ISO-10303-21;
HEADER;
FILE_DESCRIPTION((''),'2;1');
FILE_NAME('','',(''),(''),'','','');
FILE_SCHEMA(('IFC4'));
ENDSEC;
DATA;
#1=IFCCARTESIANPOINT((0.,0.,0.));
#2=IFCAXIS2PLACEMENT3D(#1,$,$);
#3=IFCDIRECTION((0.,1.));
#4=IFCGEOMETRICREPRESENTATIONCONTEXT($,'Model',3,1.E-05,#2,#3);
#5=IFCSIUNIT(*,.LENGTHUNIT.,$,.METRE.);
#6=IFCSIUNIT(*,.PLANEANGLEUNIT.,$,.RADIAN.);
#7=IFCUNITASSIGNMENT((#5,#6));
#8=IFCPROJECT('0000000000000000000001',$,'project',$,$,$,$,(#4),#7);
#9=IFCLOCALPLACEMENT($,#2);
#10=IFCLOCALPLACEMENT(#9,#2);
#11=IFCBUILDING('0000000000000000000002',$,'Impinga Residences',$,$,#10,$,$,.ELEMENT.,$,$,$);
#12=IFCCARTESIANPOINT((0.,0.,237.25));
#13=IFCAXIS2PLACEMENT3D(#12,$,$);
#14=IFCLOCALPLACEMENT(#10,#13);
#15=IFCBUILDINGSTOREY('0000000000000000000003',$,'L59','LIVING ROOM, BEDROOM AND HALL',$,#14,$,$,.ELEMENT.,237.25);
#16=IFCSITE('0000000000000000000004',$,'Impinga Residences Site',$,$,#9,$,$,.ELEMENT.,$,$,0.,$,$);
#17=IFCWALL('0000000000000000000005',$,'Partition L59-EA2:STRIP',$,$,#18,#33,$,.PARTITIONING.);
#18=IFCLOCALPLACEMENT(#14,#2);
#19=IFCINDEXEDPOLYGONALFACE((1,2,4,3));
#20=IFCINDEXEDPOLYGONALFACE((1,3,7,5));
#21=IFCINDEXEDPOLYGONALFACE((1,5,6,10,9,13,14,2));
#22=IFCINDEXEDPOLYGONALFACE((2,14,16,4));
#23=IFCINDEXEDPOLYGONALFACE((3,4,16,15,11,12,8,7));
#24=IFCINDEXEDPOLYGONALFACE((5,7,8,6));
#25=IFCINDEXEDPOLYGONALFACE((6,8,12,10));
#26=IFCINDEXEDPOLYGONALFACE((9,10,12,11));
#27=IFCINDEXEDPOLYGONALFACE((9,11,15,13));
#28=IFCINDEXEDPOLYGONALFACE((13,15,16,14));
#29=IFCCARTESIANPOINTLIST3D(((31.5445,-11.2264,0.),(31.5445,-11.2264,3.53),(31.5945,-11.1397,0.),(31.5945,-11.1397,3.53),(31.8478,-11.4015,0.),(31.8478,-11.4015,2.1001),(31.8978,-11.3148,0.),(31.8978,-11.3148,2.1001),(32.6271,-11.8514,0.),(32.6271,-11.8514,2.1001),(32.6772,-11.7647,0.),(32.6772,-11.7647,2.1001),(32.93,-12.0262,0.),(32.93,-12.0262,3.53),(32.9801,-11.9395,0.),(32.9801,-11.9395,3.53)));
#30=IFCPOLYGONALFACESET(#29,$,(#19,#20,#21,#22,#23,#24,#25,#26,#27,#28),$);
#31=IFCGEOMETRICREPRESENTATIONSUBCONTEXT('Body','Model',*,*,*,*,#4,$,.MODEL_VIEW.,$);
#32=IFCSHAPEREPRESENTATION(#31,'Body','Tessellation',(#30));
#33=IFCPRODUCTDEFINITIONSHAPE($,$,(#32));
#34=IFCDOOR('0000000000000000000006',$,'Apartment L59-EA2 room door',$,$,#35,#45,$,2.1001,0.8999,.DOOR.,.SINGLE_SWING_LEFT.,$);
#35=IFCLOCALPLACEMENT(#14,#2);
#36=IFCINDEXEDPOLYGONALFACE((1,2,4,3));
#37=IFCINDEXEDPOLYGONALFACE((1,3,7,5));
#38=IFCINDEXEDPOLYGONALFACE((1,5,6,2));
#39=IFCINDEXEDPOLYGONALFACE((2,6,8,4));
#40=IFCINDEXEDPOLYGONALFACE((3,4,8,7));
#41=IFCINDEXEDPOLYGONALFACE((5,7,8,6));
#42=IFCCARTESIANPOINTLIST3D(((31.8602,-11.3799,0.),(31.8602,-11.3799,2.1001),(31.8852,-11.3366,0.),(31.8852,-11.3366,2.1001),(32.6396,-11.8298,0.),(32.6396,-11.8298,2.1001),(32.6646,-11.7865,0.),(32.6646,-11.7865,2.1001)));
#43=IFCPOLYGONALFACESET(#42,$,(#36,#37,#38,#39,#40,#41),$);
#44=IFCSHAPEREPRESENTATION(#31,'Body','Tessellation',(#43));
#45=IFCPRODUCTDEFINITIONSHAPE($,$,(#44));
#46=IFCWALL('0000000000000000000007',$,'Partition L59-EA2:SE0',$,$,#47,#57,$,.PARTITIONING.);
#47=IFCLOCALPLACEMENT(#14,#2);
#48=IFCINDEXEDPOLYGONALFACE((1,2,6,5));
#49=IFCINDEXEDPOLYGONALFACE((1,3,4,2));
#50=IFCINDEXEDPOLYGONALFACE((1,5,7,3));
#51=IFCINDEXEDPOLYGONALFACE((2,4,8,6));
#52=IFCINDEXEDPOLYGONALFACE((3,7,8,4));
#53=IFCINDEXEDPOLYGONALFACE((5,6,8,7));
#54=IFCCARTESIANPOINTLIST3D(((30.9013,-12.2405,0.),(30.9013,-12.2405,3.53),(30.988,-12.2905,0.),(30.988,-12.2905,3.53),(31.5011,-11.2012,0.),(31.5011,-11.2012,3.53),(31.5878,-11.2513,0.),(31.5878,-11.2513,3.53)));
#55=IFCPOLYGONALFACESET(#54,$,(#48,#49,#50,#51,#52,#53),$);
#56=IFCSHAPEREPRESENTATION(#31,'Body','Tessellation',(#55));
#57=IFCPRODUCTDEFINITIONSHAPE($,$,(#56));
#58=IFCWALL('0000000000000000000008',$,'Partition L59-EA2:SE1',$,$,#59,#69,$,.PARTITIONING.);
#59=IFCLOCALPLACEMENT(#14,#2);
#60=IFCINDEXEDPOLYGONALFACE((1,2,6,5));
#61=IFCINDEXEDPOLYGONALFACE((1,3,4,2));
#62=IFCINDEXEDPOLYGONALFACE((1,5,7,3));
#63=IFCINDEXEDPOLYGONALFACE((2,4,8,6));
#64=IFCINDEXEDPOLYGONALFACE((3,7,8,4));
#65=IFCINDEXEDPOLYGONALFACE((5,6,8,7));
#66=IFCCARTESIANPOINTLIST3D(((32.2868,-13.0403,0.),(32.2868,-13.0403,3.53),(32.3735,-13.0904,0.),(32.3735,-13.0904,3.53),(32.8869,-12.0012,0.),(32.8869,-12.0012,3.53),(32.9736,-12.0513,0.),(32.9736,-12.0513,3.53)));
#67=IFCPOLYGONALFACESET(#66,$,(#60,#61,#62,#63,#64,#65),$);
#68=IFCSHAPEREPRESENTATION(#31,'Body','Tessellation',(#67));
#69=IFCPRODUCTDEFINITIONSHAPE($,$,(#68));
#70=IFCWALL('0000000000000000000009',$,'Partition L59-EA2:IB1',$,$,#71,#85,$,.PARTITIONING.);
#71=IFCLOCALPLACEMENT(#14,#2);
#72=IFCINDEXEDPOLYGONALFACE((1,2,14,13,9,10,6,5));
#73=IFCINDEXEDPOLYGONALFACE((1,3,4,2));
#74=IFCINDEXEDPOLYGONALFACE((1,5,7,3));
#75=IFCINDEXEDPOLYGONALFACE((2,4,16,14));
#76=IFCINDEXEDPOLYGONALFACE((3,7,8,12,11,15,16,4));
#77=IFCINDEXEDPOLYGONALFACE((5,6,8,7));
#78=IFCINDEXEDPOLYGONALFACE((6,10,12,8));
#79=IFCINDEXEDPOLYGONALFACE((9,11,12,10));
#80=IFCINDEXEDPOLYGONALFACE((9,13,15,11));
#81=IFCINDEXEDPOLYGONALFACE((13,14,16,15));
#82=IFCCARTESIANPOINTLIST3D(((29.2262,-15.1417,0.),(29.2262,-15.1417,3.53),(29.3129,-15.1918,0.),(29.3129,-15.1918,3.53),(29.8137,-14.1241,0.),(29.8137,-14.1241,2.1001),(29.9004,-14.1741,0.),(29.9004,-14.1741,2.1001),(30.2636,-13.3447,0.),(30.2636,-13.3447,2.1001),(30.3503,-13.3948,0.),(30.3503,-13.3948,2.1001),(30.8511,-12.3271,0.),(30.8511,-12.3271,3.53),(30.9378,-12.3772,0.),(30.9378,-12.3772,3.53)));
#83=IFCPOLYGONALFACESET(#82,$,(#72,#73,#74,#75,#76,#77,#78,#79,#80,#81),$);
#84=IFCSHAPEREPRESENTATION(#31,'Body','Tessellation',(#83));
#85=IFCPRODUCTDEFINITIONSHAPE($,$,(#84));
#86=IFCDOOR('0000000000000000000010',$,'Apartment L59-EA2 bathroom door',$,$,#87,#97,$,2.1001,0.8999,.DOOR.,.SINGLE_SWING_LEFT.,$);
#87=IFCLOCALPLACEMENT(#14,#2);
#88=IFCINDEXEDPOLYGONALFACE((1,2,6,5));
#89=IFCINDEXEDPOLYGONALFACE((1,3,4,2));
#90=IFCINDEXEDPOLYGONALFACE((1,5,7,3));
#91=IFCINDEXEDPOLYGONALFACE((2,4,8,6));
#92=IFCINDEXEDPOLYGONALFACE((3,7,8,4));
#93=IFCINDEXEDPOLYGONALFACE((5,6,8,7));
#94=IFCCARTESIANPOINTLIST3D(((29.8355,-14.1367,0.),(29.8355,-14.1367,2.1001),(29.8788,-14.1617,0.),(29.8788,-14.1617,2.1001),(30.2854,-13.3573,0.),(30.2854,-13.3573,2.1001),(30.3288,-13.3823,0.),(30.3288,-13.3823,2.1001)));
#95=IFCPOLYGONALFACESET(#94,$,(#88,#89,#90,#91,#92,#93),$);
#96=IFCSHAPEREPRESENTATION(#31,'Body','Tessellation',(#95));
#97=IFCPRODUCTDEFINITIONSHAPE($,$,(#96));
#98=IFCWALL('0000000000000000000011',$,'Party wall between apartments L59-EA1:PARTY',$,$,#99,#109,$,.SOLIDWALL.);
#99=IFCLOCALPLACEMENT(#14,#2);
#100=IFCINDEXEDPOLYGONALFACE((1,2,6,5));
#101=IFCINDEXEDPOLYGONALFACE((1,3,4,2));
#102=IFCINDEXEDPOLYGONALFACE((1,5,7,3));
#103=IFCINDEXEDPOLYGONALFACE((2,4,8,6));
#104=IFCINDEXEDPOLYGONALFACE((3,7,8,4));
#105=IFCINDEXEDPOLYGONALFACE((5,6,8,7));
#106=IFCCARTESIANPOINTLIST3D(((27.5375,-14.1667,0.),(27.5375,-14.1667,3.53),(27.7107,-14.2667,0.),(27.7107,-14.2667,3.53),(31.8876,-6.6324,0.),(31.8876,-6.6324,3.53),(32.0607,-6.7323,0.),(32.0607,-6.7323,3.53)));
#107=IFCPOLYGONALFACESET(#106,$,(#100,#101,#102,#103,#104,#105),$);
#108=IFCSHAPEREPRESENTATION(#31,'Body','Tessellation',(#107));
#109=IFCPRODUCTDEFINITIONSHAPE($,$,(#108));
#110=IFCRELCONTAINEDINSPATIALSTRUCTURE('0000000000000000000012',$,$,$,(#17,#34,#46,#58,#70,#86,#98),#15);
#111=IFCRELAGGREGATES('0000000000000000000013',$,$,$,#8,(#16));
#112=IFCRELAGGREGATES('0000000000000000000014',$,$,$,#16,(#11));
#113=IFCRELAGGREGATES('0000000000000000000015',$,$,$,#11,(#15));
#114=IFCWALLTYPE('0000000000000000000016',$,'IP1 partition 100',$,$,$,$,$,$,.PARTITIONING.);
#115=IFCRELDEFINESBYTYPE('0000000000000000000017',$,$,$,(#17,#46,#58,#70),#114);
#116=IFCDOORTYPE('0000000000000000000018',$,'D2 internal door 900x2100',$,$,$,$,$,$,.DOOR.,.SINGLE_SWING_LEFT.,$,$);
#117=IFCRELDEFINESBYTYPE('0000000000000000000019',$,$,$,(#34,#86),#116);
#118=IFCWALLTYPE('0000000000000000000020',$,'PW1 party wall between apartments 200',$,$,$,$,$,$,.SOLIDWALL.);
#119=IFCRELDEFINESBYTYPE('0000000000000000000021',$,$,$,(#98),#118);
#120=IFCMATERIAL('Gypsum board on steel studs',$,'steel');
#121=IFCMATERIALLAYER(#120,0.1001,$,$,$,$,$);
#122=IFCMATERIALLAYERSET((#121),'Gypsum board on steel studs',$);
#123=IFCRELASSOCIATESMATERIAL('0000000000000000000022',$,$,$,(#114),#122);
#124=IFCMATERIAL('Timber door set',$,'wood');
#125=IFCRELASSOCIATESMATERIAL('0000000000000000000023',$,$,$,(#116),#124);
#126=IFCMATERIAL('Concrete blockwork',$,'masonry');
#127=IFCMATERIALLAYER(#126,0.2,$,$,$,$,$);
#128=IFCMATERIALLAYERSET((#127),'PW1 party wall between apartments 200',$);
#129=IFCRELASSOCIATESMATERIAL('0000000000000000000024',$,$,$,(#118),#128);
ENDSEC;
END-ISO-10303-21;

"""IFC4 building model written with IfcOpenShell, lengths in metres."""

from ifc_helpers import new_model, si_unit, direction, frame, frame_2d, origin, place, context, subcontext, project, spatial, rectangle, extrude, material, layer, layer_set, type_object, element, fill, save


model = new_model("IFC4")

# Units and contexts
model_context = context("Model", 3, precision=1e-05, world=origin(), true_north=direction((0.0, 1.0)))
body_context = subcontext(model_context, "Body", "Model", "MODEL_VIEW")
ifc_project = project(units=[si_unit("LENGTHUNIT", "METRE"), si_unit("PLANEANGLEUNIT", "RADIAN")], contexts=[model_context])

# Site, building, storey
site_placement = place(None, origin())
site = spatial("IfcSite", under=ifc_project, at=site_placement, Name="Impinga Residences Site", CompositionType="ELEMENT", RefElevation=0.0)
building_placement = place(site_placement, origin())
building = spatial("IfcBuilding", under=site, at=building_placement, Name="Impinga Residences", CompositionType="ELEMENT")
storey_placement = place(building_placement, frame((0.0, 0.0, 237.25)))
storey = spatial("IfcBuildingStorey", under=building, at=storey_placement, Name="L59", Description="LIVING ROOM, BEDROOM AND HALL", CompositionType="ELEMENT", Elevation=237.25)

# Shared definitions
ifc_material_1 = material(Name="Concrete blockwork", Category="masonry")
ifc_material_2 = material(Name="Timber door set", Category="wood")

# Shared definitions
ifc_material_3 = material(Name="Gypsum board on steel studs", Category="steel")
ifc_layer_1 = layer(ifc_material_3, 0.1001)
ifc_layer_set_1 = layer_set([ifc_layer_1], Name="Gypsum board on steel studs")
wall_type_1 = type_object("IfcWallType", Name="IP1 partition 100", PredefinedType="PARTITIONING", material=ifc_layer_set_1)

# Wall, opening, door
wall_1_placement = place(storey_placement, frame((31.5696, -11.1831, 0.0), z_axis=(0.0, 0.0, 1.0), x_axis=(0.866056, -0.499947, 0.0)))
wall_1 = element("IfcWall", 1, at=wall_1_placement, inside=storey, type_object=wall_type_1, Name="Partition L59-EA2:STRIP", PredefinedType="PARTITIONING", context=body_context, shape_type="SweptSolid", body=[
    extrude(rectangle(XDim=1.5999, YDim=0.1001, at=frame_2d((0.7998, 0.0))), origin(), (0.0, 0.0, 1.0), 3.53),
])
opening_1_placement = place(wall_1_placement, frame((0.3501, 0.0, 0.0)))
opening_1 = element("IfcOpeningElement", 2, at=opening_1_placement, cuts=wall_1, PredefinedType="OPENING", context=body_context, shape_type="SweptSolid", body=[
    extrude(rectangle(XDim=0.8999, YDim=2.1001, at=frame_2d((0.45, 1.05))), frame((0.0, 0.0601, 0.0), z_axis=(0.0, -1.0, 0.0), x_axis=(1.0, 0.0, 0.0)), (0.0, 0.0, 1.0), 0.1201),
])
door_type_1 = type_object("IfcDoorType", Name="D2 internal door 900x2100", OperationType="SINGLE_SWING_LEFT", PredefinedType="DOOR", material=ifc_material_2)
door_1_placement = place(opening_1_placement, origin())
door_1 = element("IfcDoor", 3, at=door_1_placement, inside=storey, type_object=door_type_1, Name="Apartment L59-EA2 room door", OperationType="SINGLE_SWING_LEFT", OverallHeight=2.1001, OverallWidth=0.8999, PredefinedType="DOOR", context=body_context, shape_type="SweptSolid", body=[
    extrude(rectangle(XDim=0.8999, YDim=2.1001, at=frame_2d((0.45, 1.05))), frame((0.0, 0.0249, 0.0), z_axis=(0.0, -1.0, 0.0), x_axis=(1.0, 0.0, 0.0)), (0.0, 0.0, 1.0), 0.05),
])
fill(opening_1, door_1)

# Walls
for number, where, z_axis, x_axis, name in (
    (4, (30.9446, -12.2656, 0.0), (0.0, 0.0, 1.0), (0.499881, 0.866094, 0.0), "Partition L59-EA2:SE0"),
    (5, (32.3301, -13.0654, 0.0), (0.0, 0.0, 1.0), (0.500122, 0.865955, 0.0), "Partition L59-EA2:SE1"),
):
    element("IfcWall", number, at=place(storey_placement, frame(where, z_axis=z_axis, x_axis=x_axis)), inside=storey, type_object=wall_type_1, Name=name, PredefinedType="PARTITIONING", context=body_context, shape_type="SweptSolid", body=[
        extrude(rectangle(XDim=1.2, YDim=0.1001, at=frame_2d((0.6001, 0.0))), origin(), (0.0, 0.0, 1.0), 3.53),
    ])

# Wall, opening, door
wall_2_placement = place(storey_placement, frame((29.2695, -15.1667, 0.0), z_axis=(0.0, 0.0, 1.0), x_axis=(0.499985, 0.866034, 0.0)))
wall_2 = element("IfcWall", 6, at=wall_2_placement, inside=storey, type_object=wall_type_1, Name="Partition L59-EA2:IB1", PredefinedType="PARTITIONING", context=body_context, shape_type="SweptSolid", body=[
    extrude(rectangle(XDim=3.25, YDim=0.1001, at=frame_2d((1.625, 0.0))), origin(), (0.0, 0.0, 1.0), 3.53),
])
opening_2_placement = place(wall_2_placement, frame((1.175, 0.0, 0.0)))
opening_2 = element("IfcOpeningElement", 7, at=opening_2_placement, cuts=wall_2, PredefinedType="OPENING", context=body_context, shape_type="SweptSolid", body=[
    extrude(rectangle(XDim=0.8999, YDim=2.1001, at=frame_2d((0.45, 1.05))), frame((0.0, 0.0601, 0.0), z_axis=(0.0, -1.0, 0.0), x_axis=(1.0, 0.0, 0.0)), (0.0, 0.0, 1.0), 0.1201),
])
door_2_placement = place(opening_2_placement, origin())
door_2 = element("IfcDoor", 8, at=door_2_placement, inside=storey, type_object=door_type_1, Name="Apartment L59-EA2 bathroom door", OperationType="SINGLE_SWING_LEFT", OverallHeight=2.1001, OverallWidth=0.8999, PredefinedType="DOOR", context=body_context, shape_type="SweptSolid", body=[
    extrude(rectangle(XDim=0.8999, YDim=2.1001, at=frame_2d((0.45, 1.05))), frame((0.0, 0.0249, 0.0), z_axis=(0.0, -1.0, 0.0), x_axis=(1.0, 0.0, 0.0)), (0.0, 0.0, 1.0), 0.05),
])
fill(opening_2, door_2)

# Wall
ifc_layer_2 = layer(ifc_material_1, 0.2)
ifc_layer_set_2 = layer_set([ifc_layer_2], Name="PW1 party wall between apartments 200")
wall_type_2 = type_object("IfcWallType", Name="PW1 party wall between apartments 200", PredefinedType="SOLIDWALL", material=ifc_layer_set_2)
wall_3_placement = place(storey_placement, frame((27.624, -14.2168, 0.0), z_axis=(0.0, 0.0, 1.0), x_axis=(0.500008, 0.866021, 0.0)))
element("IfcWall", 9, at=wall_3_placement, inside=storey, type_object=wall_type_2, Name="Party wall between apartments L59-EA1:PARTY", PredefinedType="SOLIDWALL", context=body_context, shape_type="SweptSolid", body=[
    extrude(rectangle(XDim=8.7, YDim=0.2, at=frame_2d((4.3501, 0.0))), origin(), (0.0, 0.0, 1.0), 3.53),
])

save(model, "model.ifc")
